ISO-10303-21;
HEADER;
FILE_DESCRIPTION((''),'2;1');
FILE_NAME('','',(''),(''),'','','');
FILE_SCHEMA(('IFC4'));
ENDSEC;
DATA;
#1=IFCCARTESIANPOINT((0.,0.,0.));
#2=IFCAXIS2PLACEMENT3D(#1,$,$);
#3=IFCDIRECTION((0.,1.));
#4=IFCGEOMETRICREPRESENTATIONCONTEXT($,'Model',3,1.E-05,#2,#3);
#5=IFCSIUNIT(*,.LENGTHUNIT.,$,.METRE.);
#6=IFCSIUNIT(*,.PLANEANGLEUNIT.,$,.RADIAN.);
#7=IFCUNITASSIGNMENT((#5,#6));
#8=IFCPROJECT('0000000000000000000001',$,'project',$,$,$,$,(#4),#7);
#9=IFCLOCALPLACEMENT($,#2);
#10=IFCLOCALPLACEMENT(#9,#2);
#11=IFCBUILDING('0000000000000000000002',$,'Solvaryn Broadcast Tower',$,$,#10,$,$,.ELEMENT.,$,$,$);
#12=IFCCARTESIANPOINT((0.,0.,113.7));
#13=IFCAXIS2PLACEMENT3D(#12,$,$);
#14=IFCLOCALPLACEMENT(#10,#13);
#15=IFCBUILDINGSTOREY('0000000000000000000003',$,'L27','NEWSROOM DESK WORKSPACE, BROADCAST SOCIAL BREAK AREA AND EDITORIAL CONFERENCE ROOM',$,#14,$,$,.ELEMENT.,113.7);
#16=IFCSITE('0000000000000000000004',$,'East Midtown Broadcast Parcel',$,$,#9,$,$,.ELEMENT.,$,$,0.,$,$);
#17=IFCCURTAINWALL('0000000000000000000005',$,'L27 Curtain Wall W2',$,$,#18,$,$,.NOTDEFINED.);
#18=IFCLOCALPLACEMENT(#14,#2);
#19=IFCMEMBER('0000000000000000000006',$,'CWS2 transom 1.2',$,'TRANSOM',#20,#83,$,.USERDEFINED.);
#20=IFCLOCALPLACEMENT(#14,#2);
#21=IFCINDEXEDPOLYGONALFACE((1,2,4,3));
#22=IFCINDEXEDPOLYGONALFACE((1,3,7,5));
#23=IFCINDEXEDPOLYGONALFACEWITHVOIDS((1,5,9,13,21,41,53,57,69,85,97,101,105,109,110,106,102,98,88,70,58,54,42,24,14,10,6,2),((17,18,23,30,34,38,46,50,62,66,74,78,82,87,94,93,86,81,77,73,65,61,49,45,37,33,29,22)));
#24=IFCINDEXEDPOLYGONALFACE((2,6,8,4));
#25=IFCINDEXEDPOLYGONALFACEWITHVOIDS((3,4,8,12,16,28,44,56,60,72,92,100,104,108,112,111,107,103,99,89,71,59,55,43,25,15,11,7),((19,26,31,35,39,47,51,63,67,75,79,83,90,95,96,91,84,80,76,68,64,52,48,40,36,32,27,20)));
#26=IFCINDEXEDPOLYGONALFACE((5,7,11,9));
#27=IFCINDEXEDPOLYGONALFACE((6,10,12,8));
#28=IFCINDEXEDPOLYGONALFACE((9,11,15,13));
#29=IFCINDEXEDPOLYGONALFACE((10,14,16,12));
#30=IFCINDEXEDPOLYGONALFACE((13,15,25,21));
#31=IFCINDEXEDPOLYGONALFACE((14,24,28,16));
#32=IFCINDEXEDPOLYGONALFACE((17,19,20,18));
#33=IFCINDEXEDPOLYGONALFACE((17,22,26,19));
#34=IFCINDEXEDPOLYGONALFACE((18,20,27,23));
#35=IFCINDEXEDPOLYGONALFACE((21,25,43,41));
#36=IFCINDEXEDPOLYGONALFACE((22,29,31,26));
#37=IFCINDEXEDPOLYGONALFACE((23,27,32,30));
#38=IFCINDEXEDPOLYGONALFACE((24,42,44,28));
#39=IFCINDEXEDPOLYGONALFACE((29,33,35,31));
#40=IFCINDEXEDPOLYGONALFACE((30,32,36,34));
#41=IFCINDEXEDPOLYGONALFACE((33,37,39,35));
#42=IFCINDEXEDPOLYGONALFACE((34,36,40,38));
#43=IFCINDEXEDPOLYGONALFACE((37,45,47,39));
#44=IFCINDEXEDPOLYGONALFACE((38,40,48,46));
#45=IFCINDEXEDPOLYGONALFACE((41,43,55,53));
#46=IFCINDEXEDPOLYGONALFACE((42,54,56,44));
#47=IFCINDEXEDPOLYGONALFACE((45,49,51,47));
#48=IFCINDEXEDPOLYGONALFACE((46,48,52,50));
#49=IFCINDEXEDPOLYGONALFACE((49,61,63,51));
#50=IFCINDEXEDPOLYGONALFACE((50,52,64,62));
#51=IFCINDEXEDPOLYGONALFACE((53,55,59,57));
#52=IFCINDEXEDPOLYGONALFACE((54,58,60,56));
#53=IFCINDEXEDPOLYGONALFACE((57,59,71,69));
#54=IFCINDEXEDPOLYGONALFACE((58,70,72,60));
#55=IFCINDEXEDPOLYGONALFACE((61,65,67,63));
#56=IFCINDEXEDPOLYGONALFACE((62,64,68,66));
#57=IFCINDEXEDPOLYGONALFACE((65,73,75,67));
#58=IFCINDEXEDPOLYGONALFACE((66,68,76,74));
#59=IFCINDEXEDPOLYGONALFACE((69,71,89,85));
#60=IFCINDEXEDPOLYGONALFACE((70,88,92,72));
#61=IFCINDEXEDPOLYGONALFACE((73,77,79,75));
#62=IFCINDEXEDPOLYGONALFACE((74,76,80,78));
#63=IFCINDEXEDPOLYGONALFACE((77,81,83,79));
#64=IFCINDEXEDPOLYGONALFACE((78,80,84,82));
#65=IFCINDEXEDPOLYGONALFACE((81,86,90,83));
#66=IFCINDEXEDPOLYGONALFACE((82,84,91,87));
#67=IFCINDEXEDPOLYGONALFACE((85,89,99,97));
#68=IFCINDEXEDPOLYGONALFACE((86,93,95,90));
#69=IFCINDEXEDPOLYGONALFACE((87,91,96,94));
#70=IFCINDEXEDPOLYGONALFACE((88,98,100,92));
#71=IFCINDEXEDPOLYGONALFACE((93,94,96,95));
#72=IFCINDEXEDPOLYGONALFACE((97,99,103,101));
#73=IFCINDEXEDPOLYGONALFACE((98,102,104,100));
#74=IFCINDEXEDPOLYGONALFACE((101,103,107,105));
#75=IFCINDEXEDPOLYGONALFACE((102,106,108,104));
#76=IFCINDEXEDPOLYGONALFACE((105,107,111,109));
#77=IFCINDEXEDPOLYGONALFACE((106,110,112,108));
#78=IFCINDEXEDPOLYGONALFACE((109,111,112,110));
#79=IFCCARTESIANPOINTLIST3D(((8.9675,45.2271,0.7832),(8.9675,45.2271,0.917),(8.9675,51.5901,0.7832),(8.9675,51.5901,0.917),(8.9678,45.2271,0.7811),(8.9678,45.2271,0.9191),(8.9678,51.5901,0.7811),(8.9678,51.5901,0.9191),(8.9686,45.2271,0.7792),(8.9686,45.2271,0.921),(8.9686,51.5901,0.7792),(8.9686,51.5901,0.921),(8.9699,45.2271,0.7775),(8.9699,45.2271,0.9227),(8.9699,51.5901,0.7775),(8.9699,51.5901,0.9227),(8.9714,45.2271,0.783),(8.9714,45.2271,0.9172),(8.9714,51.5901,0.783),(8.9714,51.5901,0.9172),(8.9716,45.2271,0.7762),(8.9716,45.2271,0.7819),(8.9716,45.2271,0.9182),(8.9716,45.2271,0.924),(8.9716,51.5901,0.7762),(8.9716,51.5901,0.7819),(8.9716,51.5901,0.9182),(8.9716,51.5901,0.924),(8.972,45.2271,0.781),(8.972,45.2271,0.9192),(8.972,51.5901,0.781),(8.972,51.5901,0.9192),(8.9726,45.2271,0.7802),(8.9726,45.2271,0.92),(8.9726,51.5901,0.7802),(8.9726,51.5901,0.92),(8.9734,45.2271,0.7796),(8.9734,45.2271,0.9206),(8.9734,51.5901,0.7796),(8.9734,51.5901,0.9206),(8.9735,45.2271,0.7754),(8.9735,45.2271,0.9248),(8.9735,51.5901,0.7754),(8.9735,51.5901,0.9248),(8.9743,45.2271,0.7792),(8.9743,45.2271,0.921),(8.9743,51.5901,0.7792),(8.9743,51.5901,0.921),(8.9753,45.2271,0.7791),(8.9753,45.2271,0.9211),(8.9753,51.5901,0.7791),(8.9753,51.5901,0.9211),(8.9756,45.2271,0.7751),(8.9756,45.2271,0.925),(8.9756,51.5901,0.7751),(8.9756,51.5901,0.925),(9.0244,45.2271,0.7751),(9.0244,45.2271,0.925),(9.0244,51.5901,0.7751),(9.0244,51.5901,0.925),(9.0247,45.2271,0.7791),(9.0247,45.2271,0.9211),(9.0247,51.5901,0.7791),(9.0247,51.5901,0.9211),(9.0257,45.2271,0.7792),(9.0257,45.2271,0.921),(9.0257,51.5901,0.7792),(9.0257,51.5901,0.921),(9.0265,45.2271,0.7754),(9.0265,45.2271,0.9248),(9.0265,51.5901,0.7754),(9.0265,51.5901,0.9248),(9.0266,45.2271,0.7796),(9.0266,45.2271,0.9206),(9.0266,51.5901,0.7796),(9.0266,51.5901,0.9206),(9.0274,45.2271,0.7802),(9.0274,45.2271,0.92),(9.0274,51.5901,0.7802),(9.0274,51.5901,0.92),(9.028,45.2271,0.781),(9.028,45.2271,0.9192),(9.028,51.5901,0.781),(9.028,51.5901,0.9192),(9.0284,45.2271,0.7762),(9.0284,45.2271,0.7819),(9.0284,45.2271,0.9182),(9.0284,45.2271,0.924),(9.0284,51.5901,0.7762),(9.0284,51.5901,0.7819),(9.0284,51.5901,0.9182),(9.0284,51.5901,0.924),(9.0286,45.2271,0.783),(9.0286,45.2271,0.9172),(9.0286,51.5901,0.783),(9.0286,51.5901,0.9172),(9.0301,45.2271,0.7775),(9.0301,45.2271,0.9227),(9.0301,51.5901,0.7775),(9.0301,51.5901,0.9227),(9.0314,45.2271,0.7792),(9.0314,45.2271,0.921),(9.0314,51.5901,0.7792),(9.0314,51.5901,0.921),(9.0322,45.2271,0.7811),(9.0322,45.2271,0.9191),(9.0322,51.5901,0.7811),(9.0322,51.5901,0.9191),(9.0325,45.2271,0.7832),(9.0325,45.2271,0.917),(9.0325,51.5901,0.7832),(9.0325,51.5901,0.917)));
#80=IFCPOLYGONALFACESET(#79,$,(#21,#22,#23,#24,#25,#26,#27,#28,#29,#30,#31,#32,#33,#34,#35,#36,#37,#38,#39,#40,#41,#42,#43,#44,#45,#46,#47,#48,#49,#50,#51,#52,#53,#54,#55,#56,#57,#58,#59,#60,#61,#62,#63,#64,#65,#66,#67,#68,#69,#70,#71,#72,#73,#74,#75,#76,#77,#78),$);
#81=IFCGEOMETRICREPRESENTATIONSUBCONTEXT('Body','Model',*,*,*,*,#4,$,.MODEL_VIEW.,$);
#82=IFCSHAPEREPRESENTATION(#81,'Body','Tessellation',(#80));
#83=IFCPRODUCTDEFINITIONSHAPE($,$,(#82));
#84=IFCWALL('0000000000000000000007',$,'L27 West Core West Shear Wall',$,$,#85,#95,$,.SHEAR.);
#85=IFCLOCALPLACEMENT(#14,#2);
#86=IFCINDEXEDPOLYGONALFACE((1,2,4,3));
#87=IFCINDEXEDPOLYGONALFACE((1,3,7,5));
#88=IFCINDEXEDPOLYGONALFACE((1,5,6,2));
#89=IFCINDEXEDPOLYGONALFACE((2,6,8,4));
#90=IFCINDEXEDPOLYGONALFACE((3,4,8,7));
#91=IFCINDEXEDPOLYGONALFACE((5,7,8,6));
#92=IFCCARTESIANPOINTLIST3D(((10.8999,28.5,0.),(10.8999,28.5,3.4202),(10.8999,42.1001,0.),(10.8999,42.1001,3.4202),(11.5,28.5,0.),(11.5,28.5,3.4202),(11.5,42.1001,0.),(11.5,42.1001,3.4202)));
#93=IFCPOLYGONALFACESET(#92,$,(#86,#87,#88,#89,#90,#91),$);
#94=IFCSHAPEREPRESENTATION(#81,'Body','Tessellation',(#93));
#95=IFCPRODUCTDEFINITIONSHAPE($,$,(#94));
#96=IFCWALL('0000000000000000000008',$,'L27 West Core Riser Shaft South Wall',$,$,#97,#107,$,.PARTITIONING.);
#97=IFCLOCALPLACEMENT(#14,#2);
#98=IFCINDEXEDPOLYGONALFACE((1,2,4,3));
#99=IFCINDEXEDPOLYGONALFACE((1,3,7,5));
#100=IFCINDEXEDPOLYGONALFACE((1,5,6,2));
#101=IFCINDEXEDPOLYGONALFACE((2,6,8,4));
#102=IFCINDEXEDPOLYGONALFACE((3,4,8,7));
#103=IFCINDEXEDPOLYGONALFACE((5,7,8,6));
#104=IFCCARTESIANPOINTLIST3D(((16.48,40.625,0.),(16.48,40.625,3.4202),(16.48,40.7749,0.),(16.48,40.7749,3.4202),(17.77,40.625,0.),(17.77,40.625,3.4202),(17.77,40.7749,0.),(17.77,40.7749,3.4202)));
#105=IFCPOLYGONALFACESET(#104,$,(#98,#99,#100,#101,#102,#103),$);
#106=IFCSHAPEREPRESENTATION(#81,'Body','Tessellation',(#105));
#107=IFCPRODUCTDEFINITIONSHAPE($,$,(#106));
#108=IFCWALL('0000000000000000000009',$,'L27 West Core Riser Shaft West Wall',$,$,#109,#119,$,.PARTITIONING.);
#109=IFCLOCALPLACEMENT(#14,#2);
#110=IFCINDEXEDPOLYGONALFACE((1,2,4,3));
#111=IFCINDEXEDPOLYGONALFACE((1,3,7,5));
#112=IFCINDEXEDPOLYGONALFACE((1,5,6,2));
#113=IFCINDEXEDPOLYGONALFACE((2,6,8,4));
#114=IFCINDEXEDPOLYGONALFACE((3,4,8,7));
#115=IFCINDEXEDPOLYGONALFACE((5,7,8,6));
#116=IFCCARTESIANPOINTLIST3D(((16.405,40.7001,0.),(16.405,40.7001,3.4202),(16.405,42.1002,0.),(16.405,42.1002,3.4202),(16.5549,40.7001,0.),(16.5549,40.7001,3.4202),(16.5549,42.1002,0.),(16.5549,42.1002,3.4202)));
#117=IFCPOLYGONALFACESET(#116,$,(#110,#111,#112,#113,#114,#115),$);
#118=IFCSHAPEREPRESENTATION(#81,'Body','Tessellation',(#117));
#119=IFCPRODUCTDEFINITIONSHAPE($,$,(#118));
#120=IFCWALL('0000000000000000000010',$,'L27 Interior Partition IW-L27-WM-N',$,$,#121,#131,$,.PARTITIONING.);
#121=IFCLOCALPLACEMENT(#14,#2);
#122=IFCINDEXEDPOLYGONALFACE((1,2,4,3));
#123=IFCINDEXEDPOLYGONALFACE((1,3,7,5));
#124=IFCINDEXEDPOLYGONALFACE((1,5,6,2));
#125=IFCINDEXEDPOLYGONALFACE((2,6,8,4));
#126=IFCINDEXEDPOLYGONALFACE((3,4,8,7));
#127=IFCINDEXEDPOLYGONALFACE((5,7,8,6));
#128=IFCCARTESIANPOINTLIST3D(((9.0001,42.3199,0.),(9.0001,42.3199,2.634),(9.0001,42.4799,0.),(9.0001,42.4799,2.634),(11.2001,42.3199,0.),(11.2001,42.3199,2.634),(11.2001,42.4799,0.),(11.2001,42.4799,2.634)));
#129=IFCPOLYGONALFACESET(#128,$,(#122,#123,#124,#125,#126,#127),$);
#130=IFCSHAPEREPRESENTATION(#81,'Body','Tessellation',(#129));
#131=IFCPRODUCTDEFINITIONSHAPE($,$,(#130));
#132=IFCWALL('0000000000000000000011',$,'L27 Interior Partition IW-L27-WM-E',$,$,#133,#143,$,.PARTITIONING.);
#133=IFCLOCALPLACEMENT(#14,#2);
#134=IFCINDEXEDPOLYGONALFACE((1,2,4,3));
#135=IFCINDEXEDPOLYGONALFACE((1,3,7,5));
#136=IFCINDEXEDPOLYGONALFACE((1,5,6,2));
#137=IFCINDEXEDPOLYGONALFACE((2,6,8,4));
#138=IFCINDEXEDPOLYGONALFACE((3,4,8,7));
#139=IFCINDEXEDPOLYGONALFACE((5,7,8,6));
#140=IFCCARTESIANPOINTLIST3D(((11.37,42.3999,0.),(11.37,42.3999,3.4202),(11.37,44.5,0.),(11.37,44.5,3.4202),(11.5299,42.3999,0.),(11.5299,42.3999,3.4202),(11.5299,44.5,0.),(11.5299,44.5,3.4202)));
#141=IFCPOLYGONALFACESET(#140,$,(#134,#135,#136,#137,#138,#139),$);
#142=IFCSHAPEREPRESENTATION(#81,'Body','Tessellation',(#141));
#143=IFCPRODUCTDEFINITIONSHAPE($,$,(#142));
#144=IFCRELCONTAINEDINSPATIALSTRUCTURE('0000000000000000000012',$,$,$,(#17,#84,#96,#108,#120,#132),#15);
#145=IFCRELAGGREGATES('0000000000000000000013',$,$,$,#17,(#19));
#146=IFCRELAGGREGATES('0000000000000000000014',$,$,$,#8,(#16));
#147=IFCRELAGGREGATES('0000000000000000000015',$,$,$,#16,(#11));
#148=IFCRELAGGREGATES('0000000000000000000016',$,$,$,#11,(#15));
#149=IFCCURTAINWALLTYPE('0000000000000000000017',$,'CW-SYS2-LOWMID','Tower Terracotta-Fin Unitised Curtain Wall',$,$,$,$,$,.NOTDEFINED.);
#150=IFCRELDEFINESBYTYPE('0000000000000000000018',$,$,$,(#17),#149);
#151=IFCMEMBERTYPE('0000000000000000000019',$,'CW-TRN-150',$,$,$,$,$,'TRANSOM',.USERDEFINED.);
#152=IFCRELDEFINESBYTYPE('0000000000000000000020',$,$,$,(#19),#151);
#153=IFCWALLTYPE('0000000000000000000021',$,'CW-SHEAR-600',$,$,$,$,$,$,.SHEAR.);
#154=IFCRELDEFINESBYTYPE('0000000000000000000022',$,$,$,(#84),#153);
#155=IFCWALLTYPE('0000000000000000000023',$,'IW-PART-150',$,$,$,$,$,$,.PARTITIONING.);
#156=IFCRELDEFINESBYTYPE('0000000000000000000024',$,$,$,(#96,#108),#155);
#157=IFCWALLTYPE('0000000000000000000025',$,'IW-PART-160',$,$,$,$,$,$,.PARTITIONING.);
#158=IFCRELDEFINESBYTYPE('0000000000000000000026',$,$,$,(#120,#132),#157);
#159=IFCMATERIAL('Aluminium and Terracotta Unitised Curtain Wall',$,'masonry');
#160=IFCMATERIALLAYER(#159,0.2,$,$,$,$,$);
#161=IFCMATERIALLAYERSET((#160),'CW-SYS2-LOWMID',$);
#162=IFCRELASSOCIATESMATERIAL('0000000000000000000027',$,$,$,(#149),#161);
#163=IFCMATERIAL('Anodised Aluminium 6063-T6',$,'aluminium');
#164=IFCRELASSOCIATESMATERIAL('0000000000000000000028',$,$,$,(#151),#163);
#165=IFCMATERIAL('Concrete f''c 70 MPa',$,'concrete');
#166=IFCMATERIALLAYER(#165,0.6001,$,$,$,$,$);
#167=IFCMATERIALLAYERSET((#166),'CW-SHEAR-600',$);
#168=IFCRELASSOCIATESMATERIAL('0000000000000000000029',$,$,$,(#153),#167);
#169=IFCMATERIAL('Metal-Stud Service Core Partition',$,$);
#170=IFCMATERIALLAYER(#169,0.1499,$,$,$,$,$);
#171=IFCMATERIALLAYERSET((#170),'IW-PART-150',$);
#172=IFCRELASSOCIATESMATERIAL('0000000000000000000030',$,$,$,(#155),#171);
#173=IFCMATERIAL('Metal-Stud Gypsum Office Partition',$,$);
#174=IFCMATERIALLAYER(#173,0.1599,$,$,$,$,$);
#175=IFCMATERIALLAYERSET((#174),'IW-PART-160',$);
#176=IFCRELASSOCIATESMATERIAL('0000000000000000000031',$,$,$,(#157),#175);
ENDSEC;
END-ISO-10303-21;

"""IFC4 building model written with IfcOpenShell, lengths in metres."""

from ifc_helpers import new_model, si_unit, direction, frame, frame_2d, origin, origin_2d, place, context, subcontext, project, spatial, rectangle, hollow_rectangle, extrude, material, layer, layer_set, material_profile, profile_set, type_object, element, aggregate, save


model = new_model("IFC4")

# Units and contexts
model_context = context("Model", 3, precision=1e-05, world=origin(), true_north=direction((0.0, 1.0)))
body_context = subcontext(model_context, "Body", "Model", "MODEL_VIEW")
ifc_project = project(units=[si_unit("LENGTHUNIT", "METRE"), si_unit("PLANEANGLEUNIT", "RADIAN")], contexts=[model_context])

# Site, building, storey
site_placement = place(None, origin())
site = spatial("IfcSite", under=ifc_project, at=site_placement, Name="East Midtown Broadcast Parcel", CompositionType="ELEMENT", RefElevation=0.0)
building_placement = place(site_placement, origin())
building = spatial("IfcBuilding", under=site, at=building_placement, Name="Solvaryn Broadcast Tower", CompositionType="ELEMENT")
storey_placement = place(building_placement, frame((0.0, 0.0, 113.7)))
storey = spatial("IfcBuildingStorey", under=building, at=storey_placement, Name="L27", Description="NEWSROOM DESK WORKSPACE, BROADCAST SOCIAL BREAK AREA AND EDITORIAL CONFERENCE ROOM", CompositionType="ELEMENT", Elevation=113.7)

# Curtain wall
ifc_material_1 = material(Name="Aluminium and Terracotta Unitised Curtain Wall", Category="masonry")
ifc_layer_1 = layer(ifc_material_1, 0.2)
ifc_layer_set_1 = layer_set([ifc_layer_1], Name="CW-SYS2-LOWMID")
curtain_wall_type = type_object("IfcCurtainWallType", Name="CW-SYS2-LOWMID", Description="Tower Terracotta-Fin Unitised Curtain Wall", PredefinedType="NOTDEFINED", material=ifc_layer_set_1)
curtain_wall_1_placement = place(storey_placement, origin())
curtain_wall_1 = element("IfcCurtainWall", 1, at=curtain_wall_1_placement, inside=storey, type_object=curtain_wall_type, Name="L27 Curtain Wall W2", PredefinedType="NOTDEFINED")

# Member
ifc_material_2 = material(Name="Anodised Aluminium 6063-T6", Category="aluminium")
ifc_material_profile_1 = material_profile(ifc_material_2, hollow_rectangle(XDim=0.0649, YDim=0.1499, WallThickness=0.0039, InnerFilletRadius=0.0039, OuterFilletRadius=0.0081, at=origin_2d()))
ifc_profile_set_1 = profile_set([ifc_material_profile_1], Name="Anodised Aluminium 6063-T6")
member_type_1 = type_object("IfcMemberType", Name="CW-TRN-150", ElementType="TRANSOM", PredefinedType="USERDEFINED", material=ifc_profile_set_1)
member_1_placement = place(storey_placement, frame((9.0, 45.2271, 0.8501), z_axis=(0.0, 1.0, 0.0), x_axis=(-1.0, 0.0, 0.0)))
member_1 = element("IfcMember", 2, at=member_1_placement, type_object=member_type_1, Name="CWS2 transom 1.2", ObjectType="TRANSOM", PredefinedType="USERDEFINED", context=body_context, shape_type="SweptSolid", body=[
    extrude(hollow_rectangle(XDim=0.0649, YDim=0.1499, WallThickness=0.0039, InnerFilletRadius=0.0039, OuterFilletRadius=0.0081, at=origin_2d()), origin(), (0.0, 0.0, 1.0), 6.363),
])
aggregate(curtain_wall_1, [member_1])

# Walls
ifc_material_3 = material(Name="Concrete f'c 70 MPa", Category="concrete")
ifc_layer_2 = layer(ifc_material_3, 0.6001)
ifc_layer_set_2 = layer_set([ifc_layer_2], Name="CW-SHEAR-600")
wall_type_1 = type_object("IfcWallType", Name="CW-SHEAR-600", PredefinedType="SHEAR", material=ifc_layer_set_2)
wall_1_placement = place(storey_placement, frame((11.2, 42.1001, 0.0), z_axis=(0.0, 0.0, 1.0), x_axis=(0.0, -1.0, 0.0)))
element("IfcWall", 3, at=wall_1_placement, inside=storey, type_object=wall_type_1, Name="L27 West Core West Shear Wall", PredefinedType="SHEAR", context=body_context, shape_type="SweptSolid", body=[
    extrude(rectangle(XDim=13.6001, YDim=0.6001, at=frame_2d((6.8, 0.0))), origin(), (0.0, 0.0, 1.0), 3.4202),
])
ifc_material_4 = material(Name="Metal-Stud Service Core Partition")
ifc_layer_3 = layer(ifc_material_4, 0.1499)
ifc_layer_set_3 = layer_set([ifc_layer_3], Name="IW-PART-150")
wall_type_2 = type_object("IfcWallType", Name="IW-PART-150", PredefinedType="PARTITIONING", material=ifc_layer_set_3)
wall_2_placement = place(storey_placement, frame((16.48, 40.7, 0.0), z_axis=(0.0, 0.0, 1.0), x_axis=(1.0, 0.0, 0.0)))
element("IfcWall", 4, at=wall_2_placement, inside=storey, type_object=wall_type_2, Name="L27 West Core Riser Shaft South Wall", PredefinedType="PARTITIONING", context=body_context, shape_type="SweptSolid", body=[
    extrude(rectangle(XDim=1.29, YDim=0.1499, at=frame_2d((0.645, 0.0))), origin(), (0.0, 0.0, 1.0), 3.4202),
])
wall_3_placement = place(storey_placement, frame((16.48, 40.7, 0.0), z_axis=(0.0, 0.0, 1.0), x_axis=(0.0, 1.0, 0.0)))
element("IfcWall", 5, at=wall_3_placement, inside=storey, type_object=wall_type_2, Name="L27 West Core Riser Shaft West Wall", PredefinedType="PARTITIONING", context=body_context, shape_type="SweptSolid", body=[
    extrude(rectangle(XDim=1.4001, YDim=0.1499, at=frame_2d((0.7002, 0.0))), origin(), (0.0, 0.0, 1.0), 3.4202),
])
ifc_material_5 = material(Name="Metal-Stud Gypsum Office Partition")
ifc_layer_4 = layer(ifc_material_5, 0.1599)
ifc_layer_set_4 = layer_set([ifc_layer_4], Name="IW-PART-160")
wall_type_3 = type_object("IfcWallType", Name="IW-PART-160", PredefinedType="PARTITIONING", material=ifc_layer_set_4)
wall_4_placement = place(storey_placement, frame((9.0, 42.3999, 0.0), z_axis=(0.0, 0.0, 1.0), x_axis=(1.0, 0.0, 0.0)))
element("IfcWall", 6, at=wall_4_placement, inside=storey, type_object=wall_type_3, Name="L27 Interior Partition IW-L27-WM-N", PredefinedType="PARTITIONING", context=body_context, shape_type="SweptSolid", body=[
    extrude(rectangle(XDim=2.2, YDim=0.1599, at=frame_2d((1.1001, 0.0))), origin(), (0.0, 0.0, 1.0), 2.634),
])
wall_5_placement = place(storey_placement, frame((11.45, 42.3999, 0.0), z_axis=(0.0, 0.0, 1.0), x_axis=(0.0, 1.0, 0.0)))
element("IfcWall", 7, at=wall_5_placement, inside=storey, type_object=wall_type_3, Name="L27 Interior Partition IW-L27-WM-E", PredefinedType="PARTITIONING", context=body_context, shape_type="SweptSolid", body=[
    extrude(rectangle(XDim=2.1001, YDim=0.1599, at=frame_2d((1.05, 0.0))), origin(), (0.0, 0.0, 1.0), 3.4202),
])

save(model, "model.ifc")
